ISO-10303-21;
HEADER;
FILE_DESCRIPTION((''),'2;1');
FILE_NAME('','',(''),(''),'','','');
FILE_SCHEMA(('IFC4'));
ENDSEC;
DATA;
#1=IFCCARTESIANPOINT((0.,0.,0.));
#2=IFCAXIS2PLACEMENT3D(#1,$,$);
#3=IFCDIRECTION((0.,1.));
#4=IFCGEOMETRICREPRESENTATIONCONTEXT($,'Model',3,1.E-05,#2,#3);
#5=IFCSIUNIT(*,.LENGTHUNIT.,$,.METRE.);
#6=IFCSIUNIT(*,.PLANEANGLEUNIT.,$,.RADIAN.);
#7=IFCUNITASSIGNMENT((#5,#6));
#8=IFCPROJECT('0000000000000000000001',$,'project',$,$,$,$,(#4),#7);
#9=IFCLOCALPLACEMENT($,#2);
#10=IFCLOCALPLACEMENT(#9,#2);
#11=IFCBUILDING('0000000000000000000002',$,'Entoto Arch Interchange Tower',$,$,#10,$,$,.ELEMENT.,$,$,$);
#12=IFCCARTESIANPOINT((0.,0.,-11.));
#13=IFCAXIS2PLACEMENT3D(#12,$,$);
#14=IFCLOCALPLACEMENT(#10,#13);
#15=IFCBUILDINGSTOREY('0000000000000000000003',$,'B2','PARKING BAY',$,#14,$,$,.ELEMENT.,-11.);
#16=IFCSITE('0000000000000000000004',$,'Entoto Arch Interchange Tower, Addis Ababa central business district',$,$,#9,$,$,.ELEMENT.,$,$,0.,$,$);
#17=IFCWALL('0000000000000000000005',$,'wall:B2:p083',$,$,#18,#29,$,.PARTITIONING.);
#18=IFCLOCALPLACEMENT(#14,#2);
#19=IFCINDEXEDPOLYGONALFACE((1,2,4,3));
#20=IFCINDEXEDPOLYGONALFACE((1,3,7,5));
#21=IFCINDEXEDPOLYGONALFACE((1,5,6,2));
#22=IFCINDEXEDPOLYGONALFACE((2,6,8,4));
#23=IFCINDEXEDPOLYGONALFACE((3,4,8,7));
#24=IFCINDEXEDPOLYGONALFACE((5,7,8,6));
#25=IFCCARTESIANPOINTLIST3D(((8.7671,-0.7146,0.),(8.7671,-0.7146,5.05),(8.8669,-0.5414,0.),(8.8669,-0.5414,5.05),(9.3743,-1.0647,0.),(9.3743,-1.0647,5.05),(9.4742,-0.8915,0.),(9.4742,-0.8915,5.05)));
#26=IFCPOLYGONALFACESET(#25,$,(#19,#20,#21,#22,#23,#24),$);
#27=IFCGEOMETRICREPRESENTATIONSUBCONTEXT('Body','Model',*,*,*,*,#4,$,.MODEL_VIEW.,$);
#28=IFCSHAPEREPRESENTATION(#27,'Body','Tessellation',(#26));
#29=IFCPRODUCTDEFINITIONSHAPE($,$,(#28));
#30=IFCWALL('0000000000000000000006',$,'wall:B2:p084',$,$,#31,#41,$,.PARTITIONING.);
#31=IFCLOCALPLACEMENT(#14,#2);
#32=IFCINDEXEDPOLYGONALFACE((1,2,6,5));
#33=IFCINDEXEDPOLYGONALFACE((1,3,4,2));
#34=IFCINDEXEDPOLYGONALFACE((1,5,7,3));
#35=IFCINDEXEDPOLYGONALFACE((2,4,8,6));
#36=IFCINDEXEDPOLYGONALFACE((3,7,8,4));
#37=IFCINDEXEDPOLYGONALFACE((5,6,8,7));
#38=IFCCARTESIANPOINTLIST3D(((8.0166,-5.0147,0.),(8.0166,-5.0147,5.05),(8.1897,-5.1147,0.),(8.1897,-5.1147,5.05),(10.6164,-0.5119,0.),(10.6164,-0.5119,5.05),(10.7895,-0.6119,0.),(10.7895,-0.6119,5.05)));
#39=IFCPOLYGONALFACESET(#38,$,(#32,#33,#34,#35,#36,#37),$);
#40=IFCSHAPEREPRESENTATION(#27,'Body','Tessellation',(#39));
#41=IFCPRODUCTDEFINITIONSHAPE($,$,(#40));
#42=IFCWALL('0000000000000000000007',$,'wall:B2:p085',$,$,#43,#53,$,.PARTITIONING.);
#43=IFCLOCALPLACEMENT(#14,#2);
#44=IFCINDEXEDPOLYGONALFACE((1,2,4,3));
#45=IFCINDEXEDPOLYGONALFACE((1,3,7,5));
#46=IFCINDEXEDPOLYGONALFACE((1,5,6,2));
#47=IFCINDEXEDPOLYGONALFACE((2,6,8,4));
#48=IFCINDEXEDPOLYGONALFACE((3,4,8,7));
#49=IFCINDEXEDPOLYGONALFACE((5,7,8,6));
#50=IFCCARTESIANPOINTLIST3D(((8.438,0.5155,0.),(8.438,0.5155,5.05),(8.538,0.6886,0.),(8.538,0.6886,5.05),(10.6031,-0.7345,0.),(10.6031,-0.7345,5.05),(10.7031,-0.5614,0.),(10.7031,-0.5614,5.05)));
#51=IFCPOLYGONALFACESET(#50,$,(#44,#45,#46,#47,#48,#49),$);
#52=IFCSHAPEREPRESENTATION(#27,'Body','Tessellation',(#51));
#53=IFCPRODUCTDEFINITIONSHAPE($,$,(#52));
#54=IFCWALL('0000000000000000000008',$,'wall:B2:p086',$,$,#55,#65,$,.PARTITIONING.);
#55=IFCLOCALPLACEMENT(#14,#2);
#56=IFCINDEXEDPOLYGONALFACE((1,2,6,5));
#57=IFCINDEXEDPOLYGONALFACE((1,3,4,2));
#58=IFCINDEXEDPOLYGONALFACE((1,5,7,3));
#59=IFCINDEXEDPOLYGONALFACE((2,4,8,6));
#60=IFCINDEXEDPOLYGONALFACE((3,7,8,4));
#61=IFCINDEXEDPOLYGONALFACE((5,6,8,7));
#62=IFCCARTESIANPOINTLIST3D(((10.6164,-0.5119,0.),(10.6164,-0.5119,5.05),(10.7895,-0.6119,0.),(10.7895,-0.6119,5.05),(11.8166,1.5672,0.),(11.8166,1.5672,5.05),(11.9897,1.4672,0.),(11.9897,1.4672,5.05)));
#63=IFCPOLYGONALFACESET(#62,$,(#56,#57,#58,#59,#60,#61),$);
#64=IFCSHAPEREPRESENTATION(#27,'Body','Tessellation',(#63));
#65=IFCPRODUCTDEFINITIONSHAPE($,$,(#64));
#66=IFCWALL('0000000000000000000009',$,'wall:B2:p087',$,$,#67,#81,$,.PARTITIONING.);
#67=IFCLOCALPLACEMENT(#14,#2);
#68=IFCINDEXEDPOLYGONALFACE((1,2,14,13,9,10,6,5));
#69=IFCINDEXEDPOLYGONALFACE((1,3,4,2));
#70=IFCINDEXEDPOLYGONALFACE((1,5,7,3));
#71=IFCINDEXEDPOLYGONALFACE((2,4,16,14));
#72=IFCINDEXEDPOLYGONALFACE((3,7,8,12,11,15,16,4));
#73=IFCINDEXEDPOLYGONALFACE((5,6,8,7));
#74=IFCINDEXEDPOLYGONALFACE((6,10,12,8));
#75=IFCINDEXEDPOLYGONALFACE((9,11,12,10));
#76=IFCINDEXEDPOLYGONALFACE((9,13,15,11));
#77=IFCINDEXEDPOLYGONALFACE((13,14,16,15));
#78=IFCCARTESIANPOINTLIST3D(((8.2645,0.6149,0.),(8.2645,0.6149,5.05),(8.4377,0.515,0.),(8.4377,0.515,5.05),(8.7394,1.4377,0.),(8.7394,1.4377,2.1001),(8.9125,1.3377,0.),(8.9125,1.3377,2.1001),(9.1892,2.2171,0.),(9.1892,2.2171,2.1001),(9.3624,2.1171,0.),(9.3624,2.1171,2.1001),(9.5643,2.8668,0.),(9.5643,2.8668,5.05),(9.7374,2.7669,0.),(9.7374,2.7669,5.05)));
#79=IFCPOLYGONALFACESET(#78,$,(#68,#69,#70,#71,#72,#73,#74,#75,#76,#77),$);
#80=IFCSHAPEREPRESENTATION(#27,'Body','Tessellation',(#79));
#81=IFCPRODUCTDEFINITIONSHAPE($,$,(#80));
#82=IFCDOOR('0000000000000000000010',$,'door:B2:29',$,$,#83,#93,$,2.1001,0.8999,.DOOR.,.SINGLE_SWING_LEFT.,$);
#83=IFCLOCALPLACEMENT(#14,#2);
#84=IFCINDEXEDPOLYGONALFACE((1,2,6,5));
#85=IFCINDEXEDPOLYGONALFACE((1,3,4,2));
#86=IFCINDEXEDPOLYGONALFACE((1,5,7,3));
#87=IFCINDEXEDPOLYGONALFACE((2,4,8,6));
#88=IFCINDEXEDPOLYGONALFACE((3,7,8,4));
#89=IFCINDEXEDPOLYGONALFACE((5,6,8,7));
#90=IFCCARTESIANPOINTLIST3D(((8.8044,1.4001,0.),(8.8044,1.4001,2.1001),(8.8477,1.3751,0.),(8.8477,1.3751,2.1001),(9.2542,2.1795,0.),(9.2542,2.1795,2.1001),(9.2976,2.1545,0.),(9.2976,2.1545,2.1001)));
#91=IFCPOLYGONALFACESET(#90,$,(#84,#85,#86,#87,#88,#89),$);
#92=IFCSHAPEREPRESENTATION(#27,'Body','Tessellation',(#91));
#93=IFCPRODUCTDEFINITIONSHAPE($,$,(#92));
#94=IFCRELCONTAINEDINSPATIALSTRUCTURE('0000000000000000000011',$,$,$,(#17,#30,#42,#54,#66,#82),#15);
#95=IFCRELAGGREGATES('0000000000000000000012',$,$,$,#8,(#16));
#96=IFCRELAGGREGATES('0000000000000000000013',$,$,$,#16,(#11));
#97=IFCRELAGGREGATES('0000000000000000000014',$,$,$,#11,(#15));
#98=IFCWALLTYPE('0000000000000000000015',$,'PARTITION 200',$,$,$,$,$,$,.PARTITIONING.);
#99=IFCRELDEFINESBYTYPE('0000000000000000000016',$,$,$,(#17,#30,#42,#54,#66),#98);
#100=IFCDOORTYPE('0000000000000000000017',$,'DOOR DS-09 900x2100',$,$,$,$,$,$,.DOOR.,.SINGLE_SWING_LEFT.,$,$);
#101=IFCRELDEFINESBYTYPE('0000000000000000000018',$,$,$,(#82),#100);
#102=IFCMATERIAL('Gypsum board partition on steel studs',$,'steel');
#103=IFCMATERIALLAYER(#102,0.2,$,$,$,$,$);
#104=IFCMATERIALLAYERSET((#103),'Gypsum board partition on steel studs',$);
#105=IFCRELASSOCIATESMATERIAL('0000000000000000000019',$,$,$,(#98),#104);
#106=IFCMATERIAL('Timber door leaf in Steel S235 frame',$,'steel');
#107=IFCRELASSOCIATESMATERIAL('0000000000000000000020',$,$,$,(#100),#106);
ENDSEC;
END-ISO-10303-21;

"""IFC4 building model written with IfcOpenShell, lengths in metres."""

from ifc_helpers import new_model, si_unit, direction, frame, frame_2d, origin, place, context, subcontext, project, spatial, rectangle, extrude, material, layer, layer_set, type_object, element, fill, save


model = new_model("IFC4")

# Units and contexts
model_context = context("Model", 3, precision=1e-05, world=origin(), true_north=direction((0.0, 1.0)))
body_context = subcontext(model_context, "Body", "Model", "MODEL_VIEW")
ifc_project = project(units=[si_unit("LENGTHUNIT", "METRE"), si_unit("PLANEANGLEUNIT", "RADIAN")], contexts=[model_context])

# Site, building, storey
site_placement = place(None, origin())
site = spatial("IfcSite", under=ifc_project, at=site_placement, Name="Entoto Arch Interchange Tower, Addis Ababa central business district", CompositionType="ELEMENT", RefElevation=0.0)
building_placement = place(site_placement, origin())
building = spatial("IfcBuilding", under=site, at=building_placement, Name="Entoto Arch Interchange Tower", CompositionType="ELEMENT")
storey_placement = place(building_placement, frame((0.0, 0.0, -11.0)))
storey = spatial("IfcBuildingStorey", under=building, at=storey_placement, Name="B2", Description="PARKING BAY", CompositionType="ELEMENT", Elevation=-11.0)

# Shared definitions
ifc_material_1 = material(Name="Gypsum board partition on steel studs", Category="steel")
ifc_layer_1 = layer(ifc_material_1, 0.2)
ifc_layer_set_1 = layer_set([ifc_layer_1], Name="Gypsum board partition on steel studs")
wall_type_1 = type_object("IfcWallType", Name="PARTITION 200", PredefinedType="PARTITIONING", material=ifc_layer_set_1)

# Shared definitions
ifc_material_2 = material(Name="Timber door leaf in Steel S235 frame", Category="steel")

# Shared definitions
door_type_1 = type_object("IfcDoorType", Name="DOOR DS-09 900x2100", OperationType="SINGLE_SWING_LEFT", PredefinedType="DOOR", material=ifc_material_2)

# Walls
wall_1_placement = place(storey_placement, frame((8.8169, -0.6279, 0.0), z_axis=(0.0, 0.0, 1.0), x_axis=(0.866307, -0.499511, 0.0)))
element("IfcWall", 1, at=wall_1_placement, inside=storey, type_object=wall_type_1, Name="wall:B2:p083", PredefinedType="PARTITIONING", context=body_context, shape_type="SweptSolid", body=[
    extrude(rectangle(XDim=0.7009, YDim=0.2, at=frame_2d((0.3506, 0.0))), origin(), (0.0, 0.0, 1.0), 5.05),
])
wall_2_placement = place(storey_placement, frame((10.7029, -0.562, 0.0), z_axis=(0.0, 0.0, 1.0), x_axis=(-0.500012, -0.866018, 0.0)))
element("IfcWall", 2, at=wall_2_placement, inside=storey, type_object=wall_type_1, Name="wall:B2:p084", PredefinedType="PARTITIONING", context=body_context, shape_type="SweptSolid", body=[
    extrude(rectangle(XDim=5.1995, YDim=0.2, at=frame_2d((2.5996, 0.0))), origin(), (0.0, 0.0, 1.0), 5.05),
])
wall_3_placement = place(storey_placement, frame((10.6531, -0.6479, 0.0), z_axis=(0.0, 0.0, 1.0), x_axis=(-0.866023, 0.500004, 0.0)))
element("IfcWall", 3, at=wall_3_placement, inside=storey, type_object=wall_type_1, Name="wall:B2:p085", PredefinedType="PARTITIONING", context=body_context, shape_type="SweptSolid", body=[
    extrude(rectangle(XDim=2.5, YDim=0.2, at=frame_2d((1.25, 0.0))), origin(), (0.0, 0.0, 1.0), 5.05),
])
wall_4_placement = place(storey_placement, frame((11.9031, 1.5171, 0.0), z_axis=(0.0, 0.0, 1.0), x_axis=(-0.499945, -0.866057, 0.0)))
element("IfcWall", 4, at=wall_4_placement, inside=storey, type_object=wall_type_1, Name="wall:B2:p086", PredefinedType="PARTITIONING", context=body_context, shape_type="SweptSolid", body=[
    extrude(rectangle(XDim=2.4006, YDim=0.2, at=frame_2d((1.2002, 0.0))), origin(), (0.0, 0.0, 1.0), 5.05),
])

# Wall, opening, door
wall_5_placement = place(storey_placement, frame((8.3511, 0.5649, 0.0), z_axis=(0.0, 0.0, 1.0), x_axis=(0.499896, 0.866086, 0.0)))
wall_5 = element("IfcWall", 5, at=wall_5_placement, inside=storey, type_object=wall_type_1, Name="wall:B2:p087", PredefinedType="PARTITIONING", context=body_context, shape_type="SweptSolid", body=[
    extrude(rectangle(XDim=2.6001, YDim=0.2, at=frame_2d((1.3, 0.0))), origin(), (0.0, 0.0, 1.0), 5.05),
])
opening_1_placement = place(wall_5_placement, frame((0.95, 0.0, 0.0)))
opening_1 = element("IfcOpeningElement", 6, at=opening_1_placement, cuts=wall_5, PredefinedType="OPENING", context=body_context, shape_type="SweptSolid", body=[
    extrude(rectangle(XDim=0.8999, YDim=2.1001, at=frame_2d((0.45, 1.05))), frame((0.0, 0.1099, 0.0), z_axis=(0.0, -1.0, 0.0), x_axis=(1.0, 0.0, 0.0)), (0.0, 0.0, 1.0), 0.22),
])
door_1_placement = place(opening_1_placement, origin())
door_1 = element("IfcDoor", 7, at=door_1_placement, inside=storey, type_object=door_type_1, Name="door:B2:29", OperationType="SINGLE_SWING_LEFT", OverallHeight=2.1001, OverallWidth=0.8999, PredefinedType="DOOR", context=body_context, shape_type="SweptSolid", body=[
    extrude(rectangle(XDim=0.8999, YDim=2.1001, at=frame_2d((0.45, 1.05))), frame((0.0, 0.0249, 0.0), z_axis=(0.0, -1.0, 0.0), x_axis=(1.0, 0.0, 0.0)), (0.0, 0.0, 1.0), 0.05),
])
fill(opening_1, door_1)

save(model, "model.ifc")
